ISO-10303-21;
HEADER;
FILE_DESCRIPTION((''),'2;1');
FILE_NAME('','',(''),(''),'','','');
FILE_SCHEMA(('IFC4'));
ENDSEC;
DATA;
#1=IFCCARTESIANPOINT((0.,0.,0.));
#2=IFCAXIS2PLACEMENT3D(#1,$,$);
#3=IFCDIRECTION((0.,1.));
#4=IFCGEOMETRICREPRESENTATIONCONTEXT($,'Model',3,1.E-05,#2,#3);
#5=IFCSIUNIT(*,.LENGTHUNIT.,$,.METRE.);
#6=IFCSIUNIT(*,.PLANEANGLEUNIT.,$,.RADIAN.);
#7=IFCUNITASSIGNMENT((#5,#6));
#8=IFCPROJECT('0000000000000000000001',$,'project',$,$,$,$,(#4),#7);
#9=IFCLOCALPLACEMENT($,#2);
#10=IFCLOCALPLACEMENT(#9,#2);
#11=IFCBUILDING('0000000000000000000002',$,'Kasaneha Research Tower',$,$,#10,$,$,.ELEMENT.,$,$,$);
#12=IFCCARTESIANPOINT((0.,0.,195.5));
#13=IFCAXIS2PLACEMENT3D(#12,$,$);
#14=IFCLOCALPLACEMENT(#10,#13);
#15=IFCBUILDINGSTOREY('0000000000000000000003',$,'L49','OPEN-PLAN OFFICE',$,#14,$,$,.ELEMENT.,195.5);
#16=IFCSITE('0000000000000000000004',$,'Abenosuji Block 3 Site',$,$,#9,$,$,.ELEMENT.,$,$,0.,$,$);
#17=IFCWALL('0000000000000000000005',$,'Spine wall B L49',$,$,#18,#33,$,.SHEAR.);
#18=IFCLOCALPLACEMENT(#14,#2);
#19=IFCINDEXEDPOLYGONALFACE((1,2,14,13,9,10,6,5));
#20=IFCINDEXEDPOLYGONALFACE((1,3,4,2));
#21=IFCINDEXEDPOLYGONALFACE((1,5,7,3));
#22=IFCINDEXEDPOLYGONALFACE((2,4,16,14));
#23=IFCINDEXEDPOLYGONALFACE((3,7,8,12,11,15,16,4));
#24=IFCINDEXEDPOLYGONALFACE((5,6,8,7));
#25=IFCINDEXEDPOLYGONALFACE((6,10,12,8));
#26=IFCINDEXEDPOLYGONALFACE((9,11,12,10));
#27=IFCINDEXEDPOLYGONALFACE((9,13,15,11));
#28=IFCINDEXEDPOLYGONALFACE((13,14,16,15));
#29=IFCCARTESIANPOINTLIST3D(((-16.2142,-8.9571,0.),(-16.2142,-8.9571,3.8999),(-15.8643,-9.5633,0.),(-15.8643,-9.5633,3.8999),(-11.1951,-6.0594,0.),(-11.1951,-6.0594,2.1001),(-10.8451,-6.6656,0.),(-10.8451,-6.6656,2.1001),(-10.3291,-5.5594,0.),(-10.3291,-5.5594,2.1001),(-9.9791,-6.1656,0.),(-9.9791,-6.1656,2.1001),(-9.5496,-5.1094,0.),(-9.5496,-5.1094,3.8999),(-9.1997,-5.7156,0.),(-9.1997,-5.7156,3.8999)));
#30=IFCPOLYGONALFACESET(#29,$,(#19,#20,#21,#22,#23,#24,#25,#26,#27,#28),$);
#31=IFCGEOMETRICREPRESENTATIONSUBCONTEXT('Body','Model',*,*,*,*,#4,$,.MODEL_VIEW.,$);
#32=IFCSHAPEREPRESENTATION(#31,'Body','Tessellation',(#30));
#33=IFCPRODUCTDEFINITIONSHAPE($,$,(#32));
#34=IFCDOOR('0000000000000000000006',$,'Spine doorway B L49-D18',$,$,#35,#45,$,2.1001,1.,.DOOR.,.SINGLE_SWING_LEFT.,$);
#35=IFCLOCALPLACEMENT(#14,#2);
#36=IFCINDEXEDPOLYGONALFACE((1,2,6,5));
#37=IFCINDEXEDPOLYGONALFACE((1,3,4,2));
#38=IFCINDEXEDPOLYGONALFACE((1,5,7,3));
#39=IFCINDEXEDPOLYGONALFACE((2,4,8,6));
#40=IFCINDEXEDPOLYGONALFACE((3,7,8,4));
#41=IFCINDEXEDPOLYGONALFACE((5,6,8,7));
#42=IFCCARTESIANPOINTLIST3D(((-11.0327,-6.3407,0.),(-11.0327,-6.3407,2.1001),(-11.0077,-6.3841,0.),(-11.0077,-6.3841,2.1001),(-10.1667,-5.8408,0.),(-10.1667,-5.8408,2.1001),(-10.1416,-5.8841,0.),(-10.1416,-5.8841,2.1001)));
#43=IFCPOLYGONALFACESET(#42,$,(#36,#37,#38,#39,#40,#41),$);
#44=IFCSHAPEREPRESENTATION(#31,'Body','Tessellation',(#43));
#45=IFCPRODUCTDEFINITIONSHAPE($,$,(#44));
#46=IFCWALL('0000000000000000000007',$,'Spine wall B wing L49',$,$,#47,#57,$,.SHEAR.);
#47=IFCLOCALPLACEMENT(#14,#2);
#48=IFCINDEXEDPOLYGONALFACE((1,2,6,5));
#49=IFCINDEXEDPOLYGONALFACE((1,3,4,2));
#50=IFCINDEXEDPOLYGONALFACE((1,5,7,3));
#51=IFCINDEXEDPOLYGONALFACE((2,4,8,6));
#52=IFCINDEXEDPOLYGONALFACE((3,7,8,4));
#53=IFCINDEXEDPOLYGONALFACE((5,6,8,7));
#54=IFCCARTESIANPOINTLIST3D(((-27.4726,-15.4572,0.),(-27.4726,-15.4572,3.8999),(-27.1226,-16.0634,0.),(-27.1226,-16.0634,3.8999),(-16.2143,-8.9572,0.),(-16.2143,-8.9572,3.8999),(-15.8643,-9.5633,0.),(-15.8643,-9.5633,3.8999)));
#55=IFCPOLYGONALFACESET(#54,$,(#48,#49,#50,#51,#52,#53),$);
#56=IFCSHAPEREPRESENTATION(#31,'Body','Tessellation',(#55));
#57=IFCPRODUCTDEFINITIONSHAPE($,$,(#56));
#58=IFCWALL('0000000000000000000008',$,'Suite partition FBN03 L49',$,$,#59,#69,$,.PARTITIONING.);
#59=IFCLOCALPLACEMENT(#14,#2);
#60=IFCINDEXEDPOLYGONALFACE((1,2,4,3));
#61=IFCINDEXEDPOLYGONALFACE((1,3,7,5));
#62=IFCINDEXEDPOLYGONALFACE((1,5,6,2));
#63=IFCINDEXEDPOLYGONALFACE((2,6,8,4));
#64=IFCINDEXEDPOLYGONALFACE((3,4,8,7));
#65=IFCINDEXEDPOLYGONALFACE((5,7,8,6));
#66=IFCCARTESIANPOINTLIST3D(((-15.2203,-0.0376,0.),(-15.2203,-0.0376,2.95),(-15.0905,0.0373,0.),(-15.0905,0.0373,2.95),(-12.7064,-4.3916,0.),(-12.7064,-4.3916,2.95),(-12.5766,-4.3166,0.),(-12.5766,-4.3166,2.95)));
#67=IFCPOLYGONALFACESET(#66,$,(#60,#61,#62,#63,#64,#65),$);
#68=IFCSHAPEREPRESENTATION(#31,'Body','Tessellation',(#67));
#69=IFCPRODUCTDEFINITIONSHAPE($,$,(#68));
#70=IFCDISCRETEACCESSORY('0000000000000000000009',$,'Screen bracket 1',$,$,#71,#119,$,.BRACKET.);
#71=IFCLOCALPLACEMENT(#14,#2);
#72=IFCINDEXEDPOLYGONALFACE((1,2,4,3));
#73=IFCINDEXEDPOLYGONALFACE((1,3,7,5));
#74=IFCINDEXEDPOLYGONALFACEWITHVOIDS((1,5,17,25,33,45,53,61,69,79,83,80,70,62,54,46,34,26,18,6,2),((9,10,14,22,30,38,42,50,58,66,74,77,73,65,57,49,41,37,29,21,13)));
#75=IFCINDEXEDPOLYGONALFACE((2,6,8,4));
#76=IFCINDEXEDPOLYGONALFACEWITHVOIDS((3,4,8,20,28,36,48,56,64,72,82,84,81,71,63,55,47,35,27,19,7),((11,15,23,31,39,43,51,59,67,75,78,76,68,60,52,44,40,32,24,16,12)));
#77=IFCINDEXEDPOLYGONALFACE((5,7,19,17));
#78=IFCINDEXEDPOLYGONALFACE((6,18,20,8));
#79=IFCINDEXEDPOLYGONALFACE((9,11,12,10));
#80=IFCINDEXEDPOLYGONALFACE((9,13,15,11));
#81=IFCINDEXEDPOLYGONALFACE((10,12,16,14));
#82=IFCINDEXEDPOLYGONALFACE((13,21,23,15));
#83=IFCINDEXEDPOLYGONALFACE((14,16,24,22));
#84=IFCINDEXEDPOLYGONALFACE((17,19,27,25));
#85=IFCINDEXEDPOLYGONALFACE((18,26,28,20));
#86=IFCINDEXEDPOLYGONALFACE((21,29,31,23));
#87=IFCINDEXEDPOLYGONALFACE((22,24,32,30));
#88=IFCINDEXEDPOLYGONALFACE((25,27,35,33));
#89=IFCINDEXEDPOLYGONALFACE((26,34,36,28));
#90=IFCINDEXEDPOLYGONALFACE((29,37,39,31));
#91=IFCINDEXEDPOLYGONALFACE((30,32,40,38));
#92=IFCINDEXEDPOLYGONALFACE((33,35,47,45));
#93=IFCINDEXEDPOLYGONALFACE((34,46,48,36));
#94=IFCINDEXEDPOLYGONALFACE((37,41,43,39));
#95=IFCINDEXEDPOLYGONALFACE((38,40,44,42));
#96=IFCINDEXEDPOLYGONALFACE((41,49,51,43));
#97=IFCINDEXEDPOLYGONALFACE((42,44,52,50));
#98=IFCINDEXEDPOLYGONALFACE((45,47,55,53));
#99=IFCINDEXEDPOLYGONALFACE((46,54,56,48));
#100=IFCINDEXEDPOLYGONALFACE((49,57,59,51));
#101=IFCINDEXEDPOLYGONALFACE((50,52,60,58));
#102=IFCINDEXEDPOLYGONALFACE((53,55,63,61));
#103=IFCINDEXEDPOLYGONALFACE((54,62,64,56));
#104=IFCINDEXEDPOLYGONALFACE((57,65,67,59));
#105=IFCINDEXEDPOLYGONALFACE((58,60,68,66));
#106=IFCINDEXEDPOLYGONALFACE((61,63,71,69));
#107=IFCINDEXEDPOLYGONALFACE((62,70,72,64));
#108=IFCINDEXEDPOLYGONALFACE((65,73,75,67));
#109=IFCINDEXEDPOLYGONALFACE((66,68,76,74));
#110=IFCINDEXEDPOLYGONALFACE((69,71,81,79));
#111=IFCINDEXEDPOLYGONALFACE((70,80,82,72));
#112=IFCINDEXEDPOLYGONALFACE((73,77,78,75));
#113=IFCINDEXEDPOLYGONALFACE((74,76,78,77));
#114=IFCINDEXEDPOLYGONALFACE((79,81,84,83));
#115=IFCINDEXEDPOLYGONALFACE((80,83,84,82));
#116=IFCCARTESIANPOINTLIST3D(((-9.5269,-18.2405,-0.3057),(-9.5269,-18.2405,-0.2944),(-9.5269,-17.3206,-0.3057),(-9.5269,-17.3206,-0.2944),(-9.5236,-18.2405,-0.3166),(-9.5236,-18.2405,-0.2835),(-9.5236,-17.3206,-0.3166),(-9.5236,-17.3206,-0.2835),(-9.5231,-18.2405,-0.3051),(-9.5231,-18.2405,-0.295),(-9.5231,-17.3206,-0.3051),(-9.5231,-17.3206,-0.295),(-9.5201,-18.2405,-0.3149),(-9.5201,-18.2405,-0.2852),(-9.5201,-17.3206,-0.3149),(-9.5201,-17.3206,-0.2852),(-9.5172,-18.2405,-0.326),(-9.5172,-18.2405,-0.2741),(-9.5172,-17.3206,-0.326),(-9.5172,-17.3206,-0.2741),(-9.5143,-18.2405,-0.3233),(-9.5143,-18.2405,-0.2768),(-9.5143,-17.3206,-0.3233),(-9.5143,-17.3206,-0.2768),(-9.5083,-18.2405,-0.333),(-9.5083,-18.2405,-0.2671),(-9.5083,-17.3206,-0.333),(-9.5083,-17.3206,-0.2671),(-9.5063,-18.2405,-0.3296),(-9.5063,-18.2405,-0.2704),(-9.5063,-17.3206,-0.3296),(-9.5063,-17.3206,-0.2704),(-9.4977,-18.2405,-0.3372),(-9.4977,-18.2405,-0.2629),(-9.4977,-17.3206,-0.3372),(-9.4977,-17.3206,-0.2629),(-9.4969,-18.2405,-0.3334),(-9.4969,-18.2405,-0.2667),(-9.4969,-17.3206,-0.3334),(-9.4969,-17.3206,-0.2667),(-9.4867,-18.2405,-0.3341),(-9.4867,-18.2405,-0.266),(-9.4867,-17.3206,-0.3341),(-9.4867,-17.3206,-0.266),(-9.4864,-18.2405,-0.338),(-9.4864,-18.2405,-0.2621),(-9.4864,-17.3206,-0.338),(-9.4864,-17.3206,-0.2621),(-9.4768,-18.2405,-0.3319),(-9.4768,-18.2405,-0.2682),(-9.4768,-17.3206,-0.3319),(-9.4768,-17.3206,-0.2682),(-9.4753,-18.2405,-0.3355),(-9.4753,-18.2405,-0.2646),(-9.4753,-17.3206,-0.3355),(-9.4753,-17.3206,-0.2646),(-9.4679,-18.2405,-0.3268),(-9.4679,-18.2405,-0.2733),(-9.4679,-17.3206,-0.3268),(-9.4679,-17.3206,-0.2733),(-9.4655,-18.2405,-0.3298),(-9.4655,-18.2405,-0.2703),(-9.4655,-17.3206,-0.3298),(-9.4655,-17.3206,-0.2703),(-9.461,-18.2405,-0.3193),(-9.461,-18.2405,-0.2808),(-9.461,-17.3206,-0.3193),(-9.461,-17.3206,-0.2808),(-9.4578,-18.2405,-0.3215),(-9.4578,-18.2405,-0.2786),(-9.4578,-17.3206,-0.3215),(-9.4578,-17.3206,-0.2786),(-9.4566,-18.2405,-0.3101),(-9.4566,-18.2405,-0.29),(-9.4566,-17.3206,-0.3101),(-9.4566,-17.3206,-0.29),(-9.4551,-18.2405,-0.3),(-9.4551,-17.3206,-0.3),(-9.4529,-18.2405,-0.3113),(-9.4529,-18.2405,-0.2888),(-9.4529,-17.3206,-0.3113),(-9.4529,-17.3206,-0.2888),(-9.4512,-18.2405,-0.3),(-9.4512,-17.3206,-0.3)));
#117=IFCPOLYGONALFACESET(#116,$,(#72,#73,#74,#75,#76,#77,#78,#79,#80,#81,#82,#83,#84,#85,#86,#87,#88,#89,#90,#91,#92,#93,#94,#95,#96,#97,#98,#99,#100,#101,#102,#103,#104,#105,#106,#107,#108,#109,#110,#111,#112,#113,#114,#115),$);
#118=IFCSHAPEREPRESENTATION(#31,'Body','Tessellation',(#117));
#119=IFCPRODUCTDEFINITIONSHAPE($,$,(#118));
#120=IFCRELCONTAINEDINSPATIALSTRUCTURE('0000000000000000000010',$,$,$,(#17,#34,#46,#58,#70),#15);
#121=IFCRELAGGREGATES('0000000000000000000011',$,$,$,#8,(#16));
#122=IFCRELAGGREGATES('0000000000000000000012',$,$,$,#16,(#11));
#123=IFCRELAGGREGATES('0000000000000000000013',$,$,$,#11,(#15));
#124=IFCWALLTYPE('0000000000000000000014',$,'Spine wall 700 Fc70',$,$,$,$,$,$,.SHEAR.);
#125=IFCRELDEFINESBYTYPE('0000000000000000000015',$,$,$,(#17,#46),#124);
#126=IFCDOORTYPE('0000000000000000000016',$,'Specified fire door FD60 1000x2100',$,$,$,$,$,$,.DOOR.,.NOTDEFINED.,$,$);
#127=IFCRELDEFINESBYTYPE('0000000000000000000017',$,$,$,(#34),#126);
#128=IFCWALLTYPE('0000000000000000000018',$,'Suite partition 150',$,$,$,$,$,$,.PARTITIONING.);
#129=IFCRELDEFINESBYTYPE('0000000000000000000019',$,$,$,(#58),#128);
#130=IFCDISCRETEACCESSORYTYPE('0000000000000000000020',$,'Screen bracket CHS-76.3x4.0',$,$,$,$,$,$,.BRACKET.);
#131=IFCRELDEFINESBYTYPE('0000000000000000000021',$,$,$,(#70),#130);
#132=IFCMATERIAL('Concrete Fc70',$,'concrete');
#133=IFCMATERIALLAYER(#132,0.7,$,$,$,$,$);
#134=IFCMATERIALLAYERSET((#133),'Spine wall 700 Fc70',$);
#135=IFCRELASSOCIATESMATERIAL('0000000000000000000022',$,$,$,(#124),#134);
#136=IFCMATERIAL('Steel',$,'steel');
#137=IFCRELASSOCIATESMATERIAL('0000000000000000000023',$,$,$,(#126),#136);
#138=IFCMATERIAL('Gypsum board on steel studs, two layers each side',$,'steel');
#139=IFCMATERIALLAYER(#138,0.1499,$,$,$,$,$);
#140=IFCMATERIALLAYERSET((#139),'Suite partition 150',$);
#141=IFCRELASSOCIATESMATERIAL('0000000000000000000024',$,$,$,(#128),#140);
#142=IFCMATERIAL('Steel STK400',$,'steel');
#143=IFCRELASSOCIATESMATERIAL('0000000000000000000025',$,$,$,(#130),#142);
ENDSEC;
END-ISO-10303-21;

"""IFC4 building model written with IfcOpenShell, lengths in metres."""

from ifc_helpers import new_model, si_unit, direction, frame, frame_2d, origin, origin_2d, place, context, subcontext, project, spatial, rectangle, hollow_circle, extrude, material, layer, layer_set, material_profile, profile_set, type_object, element, fill, save


model = new_model("IFC4")

# Units and contexts
model_context = context("Model", 3, precision=1e-05, world=origin(), true_north=direction((0.0, 1.0)))
body_context = subcontext(model_context, "Body", "Model", "MODEL_VIEW")
ifc_project = project(units=[si_unit("LENGTHUNIT", "METRE"), si_unit("PLANEANGLEUNIT", "RADIAN")], contexts=[model_context])

# Site, building, storey
site_placement = place(None, origin())
site = spatial("IfcSite", under=ifc_project, at=site_placement, Name="Abenosuji Block 3 Site", CompositionType="ELEMENT", RefElevation=0.0)
building_placement = place(site_placement, origin())
building = spatial("IfcBuilding", under=site, at=building_placement, Name="Kasaneha Research Tower", CompositionType="ELEMENT")
storey_placement = place(building_placement, frame((0.0, 0.0, 195.5)))
storey = spatial("IfcBuildingStorey", under=building, at=storey_placement, Name="L49", Description="OPEN-PLAN OFFICE", CompositionType="ELEMENT", Elevation=195.5)

# Wall, opening, door
ifc_material_1 = material(Name="Concrete Fc70", Category="concrete")
ifc_layer_1 = layer(ifc_material_1, 0.7)
ifc_layer_set_1 = layer_set([ifc_layer_1], Name="Spine wall 700 Fc70")
wall_type_1 = type_object("IfcWallType", Name="Spine wall 700 Fc70", PredefinedType="SHEAR", material=ifc_layer_set_1)
wall_1_placement = place(storey_placement, frame((-9.3748, -5.4126, 0.0), z_axis=(0.0, 0.0, 1.0), x_axis=(-0.866032, -0.499988, 0.0)))
wall_1 = element("IfcWall", 1, at=wall_1_placement, inside=storey, type_object=wall_type_1, Name="Spine wall B L49", PredefinedType="SHEAR", context=body_context, shape_type="SweptSolid", body=[
    extrude(rectangle(XDim=7.6956, YDim=0.7, at=frame_2d((3.8477, 0.0))), origin(), (0.0, 0.0, 1.0), 3.8999),
])
opening_1_placement = place(wall_1_placement, frame((0.8999, 0.0, 0.0)))
opening_1 = element("IfcOpeningElement", 2, at=opening_1_placement, cuts=wall_1, PredefinedType="OPENING", context=body_context, shape_type="SweptSolid", body=[
    extrude(rectangle(XDim=1.0, YDim=2.1001, at=frame_2d((0.5, 1.05))), frame((0.0, 0.3599, 0.0), z_axis=(0.0, -1.0, 0.0), x_axis=(1.0, 0.0, 0.0)), (0.0, 0.0, 1.0), 0.72),
])
ifc_material_2 = material(Name="Steel", Category="steel")
door_type_1 = type_object("IfcDoorType", Name="Specified fire door FD60 1000x2100", OperationType="NOTDEFINED", PredefinedType="DOOR", material=ifc_material_2)
door_1_placement = place(opening_1_placement, origin())
door_1 = element("IfcDoor", 3, at=door_1_placement, inside=storey, type_object=door_type_1, Name="Spine doorway B L49-D18", OperationType="SINGLE_SWING_LEFT", OverallHeight=2.1001, OverallWidth=1.0, PredefinedType="DOOR", context=body_context, shape_type="SweptSolid", body=[
    extrude(rectangle(XDim=1.0, YDim=2.1001, at=frame_2d((0.5, 1.05))), frame((0.0, 0.0249, 0.0), z_axis=(0.0, -1.0, 0.0), x_axis=(1.0, 0.0, 0.0)), (0.0, 0.0, 1.0), 0.05),
])
fill(opening_1, door_1)

# Walls
wall_2_placement = place(storey_placement, frame((-16.0393, -9.2603, 0.0), z_axis=(0.0, 0.0, 1.0), x_axis=(-0.866025, -0.500001, 0.0)))
element("IfcWall", 4, at=wall_2_placement, inside=storey, type_object=wall_type_1, Name="Spine wall B wing L49", PredefinedType="SHEAR", context=body_context, shape_type="SweptSolid", body=[
    extrude(rectangle(XDim=13.0, YDim=0.7, at=frame_2d((6.5, 0.0))), origin(), (0.0, 0.0, 1.0), 3.8999),
])
ifc_material_3 = material(Name="Gypsum board on steel studs, two layers each side", Category="steel")
ifc_layer_2 = layer(ifc_material_3, 0.1499)
ifc_layer_set_2 = layer_set([ifc_layer_2], Name="Suite partition 150")
wall_type_2 = type_object("IfcWallType", Name="Suite partition 150", PredefinedType="PARTITIONING", material=ifc_layer_set_2)
wall_3_placement = place(storey_placement, frame((-12.6416, -4.354, 0.0), z_axis=(0.0, 0.0, 1.0), x_axis=(-0.500019, 0.866014, 0.0)))
element("IfcWall", 5, at=wall_3_placement, inside=storey, type_object=wall_type_2, Name="Suite partition FBN03 L49", PredefinedType="PARTITIONING", context=body_context, shape_type="SweptSolid", body=[
    extrude(rectangle(XDim=5.0276, YDim=0.1499, at=frame_2d((2.5137, 0.0))), origin(), (0.0, 0.0, 1.0), 2.95),
])

# Discrete accessory
ifc_material_4 = material(Name="Steel STK400", Category="steel")
ifc_material_profile_1 = material_profile(ifc_material_4, hollow_circle(Radius=0.0381, WallThickness=0.0039, at=origin_2d()), Name="CHS-76.3x4.0")
ifc_profile_set_1 = profile_set([ifc_material_profile_1], Name="Steel STK400")
discrete_accessory_type = type_object("IfcDiscreteAccessoryType", Name="Screen bracket CHS-76.3x4.0", PredefinedType="BRACKET", material=ifc_profile_set_1)
discrete_accessory_placement = place(storey_placement, frame((-9.4893, -17.3206, -0.3), z_axis=(0.0, -1.0, 0.0), x_axis=(1.0, 0.0, 0.0)))
element("IfcDiscreteAccessory", 6, at=discrete_accessory_placement, inside=storey, type_object=discrete_accessory_type, Name="Screen bracket 1", PredefinedType="BRACKET", context=body_context, shape_type="SweptSolid", body=[
    extrude(hollow_circle(Radius=0.0381, WallThickness=0.0039, at=origin_2d()), origin(), (0.0, 0.0, 1.0), 0.9199),
])

save(model, "model.ifc")
